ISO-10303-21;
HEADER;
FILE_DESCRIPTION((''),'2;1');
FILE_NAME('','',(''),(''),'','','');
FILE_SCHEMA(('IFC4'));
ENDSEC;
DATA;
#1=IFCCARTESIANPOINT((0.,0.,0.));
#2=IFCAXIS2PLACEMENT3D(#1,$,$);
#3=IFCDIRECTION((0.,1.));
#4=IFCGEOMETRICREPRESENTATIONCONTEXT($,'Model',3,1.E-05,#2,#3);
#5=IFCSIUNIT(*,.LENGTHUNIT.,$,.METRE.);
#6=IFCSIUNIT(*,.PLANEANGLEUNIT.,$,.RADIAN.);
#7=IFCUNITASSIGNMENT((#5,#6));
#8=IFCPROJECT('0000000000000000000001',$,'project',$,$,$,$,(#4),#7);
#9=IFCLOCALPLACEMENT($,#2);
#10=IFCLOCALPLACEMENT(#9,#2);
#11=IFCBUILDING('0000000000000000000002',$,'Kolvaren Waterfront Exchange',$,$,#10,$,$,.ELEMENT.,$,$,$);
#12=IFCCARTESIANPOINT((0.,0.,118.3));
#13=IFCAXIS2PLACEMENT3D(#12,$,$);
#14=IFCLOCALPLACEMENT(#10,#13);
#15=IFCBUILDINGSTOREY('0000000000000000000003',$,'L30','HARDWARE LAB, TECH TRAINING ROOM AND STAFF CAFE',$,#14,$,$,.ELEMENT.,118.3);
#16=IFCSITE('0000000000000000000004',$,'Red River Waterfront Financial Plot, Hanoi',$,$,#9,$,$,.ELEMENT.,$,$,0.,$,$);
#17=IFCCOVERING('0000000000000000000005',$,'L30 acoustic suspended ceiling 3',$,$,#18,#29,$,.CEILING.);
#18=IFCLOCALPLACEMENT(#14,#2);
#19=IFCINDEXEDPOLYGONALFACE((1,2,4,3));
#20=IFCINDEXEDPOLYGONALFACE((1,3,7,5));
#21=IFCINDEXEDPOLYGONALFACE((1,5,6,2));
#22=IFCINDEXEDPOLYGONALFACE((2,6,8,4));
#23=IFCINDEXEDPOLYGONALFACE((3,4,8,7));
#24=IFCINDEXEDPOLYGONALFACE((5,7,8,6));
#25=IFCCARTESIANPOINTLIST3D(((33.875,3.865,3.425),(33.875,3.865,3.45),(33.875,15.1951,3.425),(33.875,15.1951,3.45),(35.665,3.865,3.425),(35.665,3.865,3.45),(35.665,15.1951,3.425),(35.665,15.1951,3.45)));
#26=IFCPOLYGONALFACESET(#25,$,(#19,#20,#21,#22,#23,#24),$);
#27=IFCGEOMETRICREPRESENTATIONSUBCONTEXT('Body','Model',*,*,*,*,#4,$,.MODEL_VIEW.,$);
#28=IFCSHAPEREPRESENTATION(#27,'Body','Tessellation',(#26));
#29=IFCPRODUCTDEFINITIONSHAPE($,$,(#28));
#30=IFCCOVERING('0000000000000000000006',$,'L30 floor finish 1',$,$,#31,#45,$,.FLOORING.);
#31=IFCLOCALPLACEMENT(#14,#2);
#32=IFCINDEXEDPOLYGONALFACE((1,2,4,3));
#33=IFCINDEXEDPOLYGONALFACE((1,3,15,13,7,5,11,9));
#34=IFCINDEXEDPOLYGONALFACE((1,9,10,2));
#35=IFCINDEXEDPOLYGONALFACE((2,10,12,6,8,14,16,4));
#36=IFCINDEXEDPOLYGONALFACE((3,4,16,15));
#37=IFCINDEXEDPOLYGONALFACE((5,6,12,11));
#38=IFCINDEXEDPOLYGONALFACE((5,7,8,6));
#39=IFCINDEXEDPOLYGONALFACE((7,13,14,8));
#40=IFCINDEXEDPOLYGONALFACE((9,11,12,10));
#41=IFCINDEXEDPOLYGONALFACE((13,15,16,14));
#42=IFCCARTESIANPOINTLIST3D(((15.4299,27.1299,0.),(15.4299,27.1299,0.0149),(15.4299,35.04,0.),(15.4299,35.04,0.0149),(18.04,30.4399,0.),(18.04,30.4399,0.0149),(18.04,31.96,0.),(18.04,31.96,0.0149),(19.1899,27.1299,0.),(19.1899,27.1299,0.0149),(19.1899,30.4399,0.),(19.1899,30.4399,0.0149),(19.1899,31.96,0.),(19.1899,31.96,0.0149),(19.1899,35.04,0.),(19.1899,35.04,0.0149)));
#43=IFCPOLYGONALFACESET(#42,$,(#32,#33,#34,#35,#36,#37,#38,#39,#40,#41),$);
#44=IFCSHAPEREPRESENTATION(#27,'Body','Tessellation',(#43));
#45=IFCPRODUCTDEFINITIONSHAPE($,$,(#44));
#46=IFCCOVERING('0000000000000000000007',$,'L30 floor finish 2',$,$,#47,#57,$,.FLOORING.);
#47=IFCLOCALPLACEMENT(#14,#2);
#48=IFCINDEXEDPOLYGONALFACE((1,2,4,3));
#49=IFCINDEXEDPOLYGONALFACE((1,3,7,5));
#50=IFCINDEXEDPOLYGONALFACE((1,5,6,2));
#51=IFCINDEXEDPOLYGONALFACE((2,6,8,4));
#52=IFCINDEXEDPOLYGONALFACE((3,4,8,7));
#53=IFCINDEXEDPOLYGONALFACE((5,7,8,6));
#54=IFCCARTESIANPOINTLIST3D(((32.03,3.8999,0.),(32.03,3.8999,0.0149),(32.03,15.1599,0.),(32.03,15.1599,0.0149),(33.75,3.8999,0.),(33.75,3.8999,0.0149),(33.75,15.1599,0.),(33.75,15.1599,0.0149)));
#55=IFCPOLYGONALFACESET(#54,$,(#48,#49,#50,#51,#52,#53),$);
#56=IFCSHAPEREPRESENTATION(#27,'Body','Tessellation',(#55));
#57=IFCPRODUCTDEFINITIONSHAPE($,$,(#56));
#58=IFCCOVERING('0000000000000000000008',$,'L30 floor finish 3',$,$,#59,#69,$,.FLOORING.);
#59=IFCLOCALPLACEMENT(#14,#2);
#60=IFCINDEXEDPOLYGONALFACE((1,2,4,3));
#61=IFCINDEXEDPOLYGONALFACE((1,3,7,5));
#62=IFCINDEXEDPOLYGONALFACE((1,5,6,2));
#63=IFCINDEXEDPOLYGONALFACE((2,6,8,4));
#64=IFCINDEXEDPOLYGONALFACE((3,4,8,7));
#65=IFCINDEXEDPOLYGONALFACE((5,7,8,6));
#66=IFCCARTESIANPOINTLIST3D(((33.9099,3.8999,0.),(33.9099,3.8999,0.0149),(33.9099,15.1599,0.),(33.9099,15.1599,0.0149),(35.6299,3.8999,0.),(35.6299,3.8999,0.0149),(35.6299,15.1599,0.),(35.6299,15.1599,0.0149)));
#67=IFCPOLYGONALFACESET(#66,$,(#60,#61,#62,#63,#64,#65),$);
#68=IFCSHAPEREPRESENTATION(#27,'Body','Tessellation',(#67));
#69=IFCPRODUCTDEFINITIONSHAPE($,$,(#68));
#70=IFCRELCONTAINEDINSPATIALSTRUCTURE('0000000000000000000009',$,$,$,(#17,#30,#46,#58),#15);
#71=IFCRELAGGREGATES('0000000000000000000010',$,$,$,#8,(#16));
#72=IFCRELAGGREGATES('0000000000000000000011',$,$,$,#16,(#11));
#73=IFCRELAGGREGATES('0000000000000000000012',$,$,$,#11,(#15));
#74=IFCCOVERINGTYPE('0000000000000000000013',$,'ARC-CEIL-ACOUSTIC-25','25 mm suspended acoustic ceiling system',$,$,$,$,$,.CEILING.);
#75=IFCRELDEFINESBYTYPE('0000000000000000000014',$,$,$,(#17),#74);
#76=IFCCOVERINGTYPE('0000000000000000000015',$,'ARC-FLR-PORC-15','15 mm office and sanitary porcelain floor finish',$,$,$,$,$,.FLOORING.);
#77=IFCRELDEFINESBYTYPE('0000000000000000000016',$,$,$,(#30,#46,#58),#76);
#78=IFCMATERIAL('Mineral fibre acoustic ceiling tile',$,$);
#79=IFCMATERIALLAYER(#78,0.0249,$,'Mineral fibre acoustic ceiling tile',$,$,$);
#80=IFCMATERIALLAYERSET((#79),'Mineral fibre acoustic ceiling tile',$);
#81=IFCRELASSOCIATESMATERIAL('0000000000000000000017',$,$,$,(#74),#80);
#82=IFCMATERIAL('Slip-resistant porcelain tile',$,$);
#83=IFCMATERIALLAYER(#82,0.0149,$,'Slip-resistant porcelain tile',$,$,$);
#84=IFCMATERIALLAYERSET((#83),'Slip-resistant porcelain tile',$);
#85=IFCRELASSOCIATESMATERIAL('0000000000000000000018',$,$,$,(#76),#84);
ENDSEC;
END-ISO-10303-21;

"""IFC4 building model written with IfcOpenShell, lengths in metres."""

from ifc_helpers import new_model, si_unit, direction, frame, origin, place, context, subcontext, project, spatial, polyline, outline, extrude, material, layer, layer_set, type_object, element, save


model = new_model("IFC4")

# Units and contexts
model_context = context("Model", 3, precision=1e-05, world=origin(), true_north=direction((0.0, 1.0)))
body_context = subcontext(model_context, "Body", "Model", "MODEL_VIEW")
ifc_project = project(units=[si_unit("LENGTHUNIT", "METRE"), si_unit("PLANEANGLEUNIT", "RADIAN")], contexts=[model_context])

# Site, building, storey
site_placement = place(None, origin())
site = spatial("IfcSite", under=ifc_project, at=site_placement, Name="Red River Waterfront Financial Plot, Hanoi", CompositionType="ELEMENT", RefElevation=0.0)
building_placement = place(site_placement, origin())
building = spatial("IfcBuilding", under=site, at=building_placement, Name="Kolvaren Waterfront Exchange", CompositionType="ELEMENT")
storey_placement = place(building_placement, frame((0.0, 0.0, 118.3)))
storey = spatial("IfcBuildingStorey", under=building, at=storey_placement, Name="L30", Description="HARDWARE LAB, TECH TRAINING ROOM AND STAFF CAFE", CompositionType="ELEMENT", Elevation=118.3)

# Coverings
ifc_material_1 = material(Name="Mineral fibre acoustic ceiling tile")
ifc_layer_1 = layer(ifc_material_1, 0.0249, Name="Mineral fibre acoustic ceiling tile")
ifc_layer_set_1 = layer_set([ifc_layer_1], Name="Mineral fibre acoustic ceiling tile")
covering_type_1 = type_object("IfcCoveringType", Name="ARC-CEIL-ACOUSTIC-25", Description="25 mm suspended acoustic ceiling system", PredefinedType="CEILING", material=ifc_layer_set_1)
covering_1_placement = place(storey_placement, frame((0.0, 0.0, 3.425)))
element("IfcCovering", 1, at=covering_1_placement, inside=storey, type_object=covering_type_1, Name="L30 acoustic suspended ceiling 3", PredefinedType="CEILING", context=body_context, shape_type="SweptSolid", body=[
    extrude(outline(polyline([(35.665, 3.865), (35.665, 15.1951), (33.875, 15.1951), (33.875, 3.865), (35.665, 3.865)])), origin(), (0.0, 0.0, 1.0), 0.0249),
])
ifc_material_2 = material(Name="Slip-resistant porcelain tile")
ifc_layer_2 = layer(ifc_material_2, 0.0149, Name="Slip-resistant porcelain tile")
ifc_layer_set_2 = layer_set([ifc_layer_2], Name="Slip-resistant porcelain tile")
covering_type_2 = type_object("IfcCoveringType", Name="ARC-FLR-PORC-15", Description="15 mm office and sanitary porcelain floor finish", PredefinedType="FLOORING", material=ifc_layer_set_2)
covering_2_placement = place(storey_placement, origin())
element("IfcCovering", 2, at=covering_2_placement, inside=storey, type_object=covering_type_2, Name="L30 floor finish 1", PredefinedType="FLOORING", context=body_context, shape_type="SweptSolid", body=[
    extrude(outline(polyline([(15.4299, 35.04), (15.4299, 27.1299), (19.1899, 27.1299), (19.1899, 30.4399), (18.04, 30.4399), (18.04, 31.96), (19.1899, 31.96), (19.1899, 35.04), (15.4299, 35.04)])), origin(), (0.0, 0.0, 1.0), 0.0149),
])
covering_3_placement = place(storey_placement, origin())
element("IfcCovering", 3, at=covering_3_placement, inside=storey, type_object=covering_type_2, Name="L30 floor finish 2", PredefinedType="FLOORING", context=body_context, shape_type="SweptSolid", body=[
    extrude(outline(polyline([(32.03, 15.1599), (32.03, 3.8999), (33.75, 3.8999), (33.75, 15.1599), (32.03, 15.1599)])), origin(), (0.0, 0.0, 1.0), 0.0149),
])
covering_4_placement = place(storey_placement, origin())
element("IfcCovering", 4, at=covering_4_placement, inside=storey, type_object=covering_type_2, Name="L30 floor finish 3", PredefinedType="FLOORING", context=body_context, shape_type="SweptSolid", body=[
    extrude(outline(polyline([(33.9099, 15.1599), (33.9099, 3.8999), (35.6299, 3.8999), (35.6299, 15.1599), (33.9099, 15.1599)])), origin(), (0.0, 0.0, 1.0), 0.0149),
])

save(model, "model.ifc")
